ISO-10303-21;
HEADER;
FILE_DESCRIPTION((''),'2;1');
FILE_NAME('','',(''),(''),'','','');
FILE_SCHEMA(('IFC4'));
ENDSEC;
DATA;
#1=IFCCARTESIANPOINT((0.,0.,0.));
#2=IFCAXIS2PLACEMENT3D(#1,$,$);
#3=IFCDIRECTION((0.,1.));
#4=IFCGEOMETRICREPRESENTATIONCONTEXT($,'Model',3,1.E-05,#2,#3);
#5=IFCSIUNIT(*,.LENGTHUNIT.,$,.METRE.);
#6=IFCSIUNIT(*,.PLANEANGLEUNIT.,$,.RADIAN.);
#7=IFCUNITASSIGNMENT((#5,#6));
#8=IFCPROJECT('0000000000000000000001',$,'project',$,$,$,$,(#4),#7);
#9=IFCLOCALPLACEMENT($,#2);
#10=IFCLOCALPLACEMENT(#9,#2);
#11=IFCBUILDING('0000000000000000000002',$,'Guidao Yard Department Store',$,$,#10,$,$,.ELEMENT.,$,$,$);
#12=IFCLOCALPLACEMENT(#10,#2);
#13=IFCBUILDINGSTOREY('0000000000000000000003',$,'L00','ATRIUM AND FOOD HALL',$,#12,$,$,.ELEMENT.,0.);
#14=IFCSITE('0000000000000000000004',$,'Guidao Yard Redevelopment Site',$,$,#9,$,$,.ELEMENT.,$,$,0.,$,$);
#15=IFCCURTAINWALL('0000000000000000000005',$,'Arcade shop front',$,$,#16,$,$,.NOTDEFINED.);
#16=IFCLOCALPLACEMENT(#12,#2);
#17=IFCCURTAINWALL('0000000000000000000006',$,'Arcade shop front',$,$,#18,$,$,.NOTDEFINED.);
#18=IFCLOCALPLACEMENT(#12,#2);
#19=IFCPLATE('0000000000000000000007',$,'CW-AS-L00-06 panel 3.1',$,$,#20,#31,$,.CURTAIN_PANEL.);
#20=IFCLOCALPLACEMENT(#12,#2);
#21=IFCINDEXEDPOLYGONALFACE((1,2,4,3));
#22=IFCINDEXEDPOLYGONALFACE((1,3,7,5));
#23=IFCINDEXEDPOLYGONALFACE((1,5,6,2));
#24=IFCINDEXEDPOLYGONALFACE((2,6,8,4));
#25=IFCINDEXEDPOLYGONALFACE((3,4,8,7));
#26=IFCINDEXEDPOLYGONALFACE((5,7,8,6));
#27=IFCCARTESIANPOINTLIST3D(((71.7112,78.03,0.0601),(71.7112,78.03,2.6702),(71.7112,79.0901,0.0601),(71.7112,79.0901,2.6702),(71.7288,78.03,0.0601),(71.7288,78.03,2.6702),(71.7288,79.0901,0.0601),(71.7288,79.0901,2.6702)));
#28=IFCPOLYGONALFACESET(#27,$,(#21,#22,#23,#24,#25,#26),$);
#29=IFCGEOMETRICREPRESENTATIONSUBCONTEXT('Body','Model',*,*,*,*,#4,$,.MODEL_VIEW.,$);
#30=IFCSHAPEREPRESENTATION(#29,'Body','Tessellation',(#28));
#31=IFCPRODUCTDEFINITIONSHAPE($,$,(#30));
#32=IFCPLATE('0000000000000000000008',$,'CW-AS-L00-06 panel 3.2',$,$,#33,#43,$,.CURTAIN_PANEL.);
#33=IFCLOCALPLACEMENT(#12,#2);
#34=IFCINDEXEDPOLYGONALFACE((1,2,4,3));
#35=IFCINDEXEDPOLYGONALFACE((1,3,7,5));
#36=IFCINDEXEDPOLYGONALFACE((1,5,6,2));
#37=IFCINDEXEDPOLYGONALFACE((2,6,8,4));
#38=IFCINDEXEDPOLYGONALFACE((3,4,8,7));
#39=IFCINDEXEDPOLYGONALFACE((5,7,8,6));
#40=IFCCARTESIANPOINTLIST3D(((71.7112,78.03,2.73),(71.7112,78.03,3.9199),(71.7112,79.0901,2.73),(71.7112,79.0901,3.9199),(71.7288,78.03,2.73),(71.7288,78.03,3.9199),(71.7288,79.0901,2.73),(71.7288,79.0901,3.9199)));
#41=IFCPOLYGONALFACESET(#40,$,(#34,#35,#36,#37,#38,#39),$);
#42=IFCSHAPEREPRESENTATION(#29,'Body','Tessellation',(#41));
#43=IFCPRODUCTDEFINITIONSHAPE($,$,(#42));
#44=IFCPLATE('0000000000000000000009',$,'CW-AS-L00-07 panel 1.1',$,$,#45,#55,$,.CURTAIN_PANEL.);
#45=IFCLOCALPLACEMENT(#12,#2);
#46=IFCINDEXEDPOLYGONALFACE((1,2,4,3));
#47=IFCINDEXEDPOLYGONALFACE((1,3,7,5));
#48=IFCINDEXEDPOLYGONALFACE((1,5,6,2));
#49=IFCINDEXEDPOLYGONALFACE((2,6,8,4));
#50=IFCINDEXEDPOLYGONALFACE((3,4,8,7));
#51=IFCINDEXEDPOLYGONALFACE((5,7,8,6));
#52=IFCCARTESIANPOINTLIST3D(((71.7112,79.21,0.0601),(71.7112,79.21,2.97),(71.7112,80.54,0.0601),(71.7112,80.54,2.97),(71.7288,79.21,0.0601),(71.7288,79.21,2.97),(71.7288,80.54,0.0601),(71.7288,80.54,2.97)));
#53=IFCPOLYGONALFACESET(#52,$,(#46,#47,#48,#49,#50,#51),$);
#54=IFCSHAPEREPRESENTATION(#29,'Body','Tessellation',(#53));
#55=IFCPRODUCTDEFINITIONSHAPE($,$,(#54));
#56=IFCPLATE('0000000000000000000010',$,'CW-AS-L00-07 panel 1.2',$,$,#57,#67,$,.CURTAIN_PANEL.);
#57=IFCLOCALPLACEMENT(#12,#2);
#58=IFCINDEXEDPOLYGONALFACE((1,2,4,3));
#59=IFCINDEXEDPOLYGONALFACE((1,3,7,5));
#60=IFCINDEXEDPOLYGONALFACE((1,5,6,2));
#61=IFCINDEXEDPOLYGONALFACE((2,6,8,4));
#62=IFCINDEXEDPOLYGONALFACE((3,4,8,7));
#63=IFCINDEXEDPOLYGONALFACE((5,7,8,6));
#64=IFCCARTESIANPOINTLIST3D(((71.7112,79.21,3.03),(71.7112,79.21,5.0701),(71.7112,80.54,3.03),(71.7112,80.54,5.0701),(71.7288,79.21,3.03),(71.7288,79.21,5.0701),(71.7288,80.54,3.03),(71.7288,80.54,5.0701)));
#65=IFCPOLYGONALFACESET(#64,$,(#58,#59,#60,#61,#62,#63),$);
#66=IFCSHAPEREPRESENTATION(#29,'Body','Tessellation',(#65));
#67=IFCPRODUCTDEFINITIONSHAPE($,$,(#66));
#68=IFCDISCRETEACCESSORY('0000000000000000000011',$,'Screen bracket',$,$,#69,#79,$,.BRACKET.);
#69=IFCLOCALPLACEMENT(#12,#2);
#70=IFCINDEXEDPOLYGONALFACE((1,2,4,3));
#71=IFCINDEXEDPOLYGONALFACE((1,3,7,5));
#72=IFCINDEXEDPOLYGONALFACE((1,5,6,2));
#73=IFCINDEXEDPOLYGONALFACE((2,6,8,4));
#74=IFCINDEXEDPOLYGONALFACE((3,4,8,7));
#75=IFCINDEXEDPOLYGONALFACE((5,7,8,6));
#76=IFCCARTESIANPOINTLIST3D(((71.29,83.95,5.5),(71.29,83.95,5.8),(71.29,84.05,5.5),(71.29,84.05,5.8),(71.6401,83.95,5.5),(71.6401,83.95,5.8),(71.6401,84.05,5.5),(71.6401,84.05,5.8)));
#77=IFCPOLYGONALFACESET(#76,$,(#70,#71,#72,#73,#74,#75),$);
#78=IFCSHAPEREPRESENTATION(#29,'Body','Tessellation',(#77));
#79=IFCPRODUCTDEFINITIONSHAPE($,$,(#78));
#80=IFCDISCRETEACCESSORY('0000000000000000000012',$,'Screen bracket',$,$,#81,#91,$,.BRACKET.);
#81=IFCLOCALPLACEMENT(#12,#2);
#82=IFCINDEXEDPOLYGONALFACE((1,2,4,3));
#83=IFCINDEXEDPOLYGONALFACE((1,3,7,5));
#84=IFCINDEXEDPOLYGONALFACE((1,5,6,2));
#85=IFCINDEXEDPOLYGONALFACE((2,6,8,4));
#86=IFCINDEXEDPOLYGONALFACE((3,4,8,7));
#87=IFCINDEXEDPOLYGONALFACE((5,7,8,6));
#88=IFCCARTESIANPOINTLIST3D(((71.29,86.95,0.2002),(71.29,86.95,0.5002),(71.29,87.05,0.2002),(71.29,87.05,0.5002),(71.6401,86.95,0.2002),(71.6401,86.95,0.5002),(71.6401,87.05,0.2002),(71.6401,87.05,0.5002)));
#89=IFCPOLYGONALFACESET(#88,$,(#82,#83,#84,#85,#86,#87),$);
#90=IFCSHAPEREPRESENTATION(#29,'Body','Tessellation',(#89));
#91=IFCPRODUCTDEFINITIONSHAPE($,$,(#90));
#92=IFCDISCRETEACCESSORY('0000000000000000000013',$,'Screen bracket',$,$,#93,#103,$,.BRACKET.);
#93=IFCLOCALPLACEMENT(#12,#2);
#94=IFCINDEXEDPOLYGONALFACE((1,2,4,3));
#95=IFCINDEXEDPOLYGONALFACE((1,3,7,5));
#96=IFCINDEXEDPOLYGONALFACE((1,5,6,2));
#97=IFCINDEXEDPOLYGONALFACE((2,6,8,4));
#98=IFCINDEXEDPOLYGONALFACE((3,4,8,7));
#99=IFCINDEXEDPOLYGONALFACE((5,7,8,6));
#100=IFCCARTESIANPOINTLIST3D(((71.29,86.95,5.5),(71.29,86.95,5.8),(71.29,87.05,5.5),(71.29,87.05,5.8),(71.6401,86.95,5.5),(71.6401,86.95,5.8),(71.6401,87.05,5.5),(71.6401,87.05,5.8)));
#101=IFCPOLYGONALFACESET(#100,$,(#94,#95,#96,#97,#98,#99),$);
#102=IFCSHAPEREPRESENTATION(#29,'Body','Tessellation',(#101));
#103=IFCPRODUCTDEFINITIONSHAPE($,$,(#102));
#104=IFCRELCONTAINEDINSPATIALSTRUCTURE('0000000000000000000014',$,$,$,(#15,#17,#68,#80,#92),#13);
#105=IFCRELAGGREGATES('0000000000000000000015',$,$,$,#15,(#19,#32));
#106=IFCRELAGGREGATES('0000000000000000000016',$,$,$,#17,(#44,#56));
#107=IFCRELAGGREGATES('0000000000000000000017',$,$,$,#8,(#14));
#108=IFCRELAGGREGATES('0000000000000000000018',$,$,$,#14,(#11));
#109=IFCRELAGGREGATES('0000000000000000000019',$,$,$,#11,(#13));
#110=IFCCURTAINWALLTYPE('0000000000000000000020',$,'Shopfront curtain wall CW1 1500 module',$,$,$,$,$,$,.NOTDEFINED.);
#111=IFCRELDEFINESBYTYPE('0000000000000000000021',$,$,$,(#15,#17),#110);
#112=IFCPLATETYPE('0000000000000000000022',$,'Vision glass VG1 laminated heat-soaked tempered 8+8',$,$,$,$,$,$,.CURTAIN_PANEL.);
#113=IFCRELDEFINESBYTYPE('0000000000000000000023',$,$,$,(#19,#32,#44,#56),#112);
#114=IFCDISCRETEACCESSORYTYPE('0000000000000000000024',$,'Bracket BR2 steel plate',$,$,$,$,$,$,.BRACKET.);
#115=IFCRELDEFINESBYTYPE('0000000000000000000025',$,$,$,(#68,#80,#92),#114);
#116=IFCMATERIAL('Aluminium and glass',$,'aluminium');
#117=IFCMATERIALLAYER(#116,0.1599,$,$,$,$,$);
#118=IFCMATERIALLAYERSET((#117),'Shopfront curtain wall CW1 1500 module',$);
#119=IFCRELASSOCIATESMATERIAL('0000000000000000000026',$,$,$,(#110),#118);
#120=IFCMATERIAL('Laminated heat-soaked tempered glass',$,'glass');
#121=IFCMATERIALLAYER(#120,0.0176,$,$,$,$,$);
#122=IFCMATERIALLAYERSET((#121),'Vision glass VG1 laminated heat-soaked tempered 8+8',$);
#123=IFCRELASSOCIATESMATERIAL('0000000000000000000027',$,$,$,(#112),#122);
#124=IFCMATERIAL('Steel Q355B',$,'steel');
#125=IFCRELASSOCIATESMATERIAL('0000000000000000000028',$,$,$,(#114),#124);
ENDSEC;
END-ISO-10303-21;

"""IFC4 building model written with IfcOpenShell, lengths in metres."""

from ifc_helpers import new_model, si_unit, direction, frame, origin, origin_2d, place, context, subcontext, project, spatial, rectangle, extrude, material, layer, layer_set, type_object, element, aggregate, save


model = new_model("IFC4")

# Units and contexts
model_context = context("Model", 3, precision=1e-05, world=origin(), true_north=direction((0.0, 1.0)))
body_context = subcontext(model_context, "Body", "Model", "MODEL_VIEW")
ifc_project = project(units=[si_unit("LENGTHUNIT", "METRE"), si_unit("PLANEANGLEUNIT", "RADIAN")], contexts=[model_context])

# Site, building, storey
site_placement = place(None, origin())
site = spatial("IfcSite", under=ifc_project, at=site_placement, Name="Guidao Yard Redevelopment Site", CompositionType="ELEMENT", RefElevation=0.0)
building_placement = place(site_placement, origin())
building = spatial("IfcBuilding", under=site, at=building_placement, Name="Guidao Yard Department Store", CompositionType="ELEMENT")
storey_placement = place(building_placement, origin())
storey = spatial("IfcBuildingStorey", under=building, at=storey_placement, Name="L00", Description="ATRIUM AND FOOD HALL", CompositionType="ELEMENT", Elevation=0.0)

# Curtain wall
ifc_material_1 = material(Name="Aluminium and glass", Category="aluminium")
ifc_layer_1 = layer(ifc_material_1, 0.1599)
ifc_layer_set_1 = layer_set([ifc_layer_1], Name="Shopfront curtain wall CW1 1500 module")
curtain_wall_type = type_object("IfcCurtainWallType", Name="Shopfront curtain wall CW1 1500 module", PredefinedType="NOTDEFINED", material=ifc_layer_set_1)
curtain_wall_1_placement = place(storey_placement, origin())
curtain_wall_1 = element("IfcCurtainWall", 1, at=curtain_wall_1_placement, inside=storey, type_object=curtain_wall_type, Name="Arcade shop front", PredefinedType="NOTDEFINED")

# Curtain wall
curtain_wall_2_placement = place(storey_placement, origin())
curtain_wall_2 = element("IfcCurtainWall", 2, at=curtain_wall_2_placement, inside=storey, type_object=curtain_wall_type, Name="Arcade shop front", PredefinedType="NOTDEFINED")

# Plates
ifc_material_2 = material(Name="Laminated heat-soaked tempered glass", Category="glass")
ifc_layer_2 = layer(ifc_material_2, 0.0176)
ifc_layer_set_2 = layer_set([ifc_layer_2], Name="Vision glass VG1 laminated heat-soaked tempered 8+8")
plate_type_1 = type_object("IfcPlateType", Name="Vision glass VG1 laminated heat-soaked tempered 8+8", PredefinedType="CURTAIN_PANEL", material=ifc_layer_set_2)
plate_1_placement = place(storey_placement, frame((71.72, 78.5601, 0.0601), z_axis=(0.0, 0.0, 1.0), x_axis=(0.0, 1.0, 0.0)))
plate_1 = element("IfcPlate", 3, at=plate_1_placement, type_object=plate_type_1, Name="CW-AS-L00-06 panel 3.1", PredefinedType="CURTAIN_PANEL", context=body_context, shape_type="SweptSolid", body=[
    extrude(rectangle(XDim=1.0601, YDim=0.0176, at=origin_2d()), origin(), (0.0, 0.0, 1.0), 2.6101),
])
plate_2_placement = place(storey_placement, frame((71.72, 78.5601, 2.73), z_axis=(0.0, 0.0, 1.0), x_axis=(0.0, 1.0, 0.0)))
plate_2 = element("IfcPlate", 4, at=plate_2_placement, type_object=plate_type_1, Name="CW-AS-L00-06 panel 3.2", PredefinedType="CURTAIN_PANEL", context=body_context, shape_type="SweptSolid", body=[
    extrude(rectangle(XDim=1.0601, YDim=0.0176, at=origin_2d()), origin(), (0.0, 0.0, 1.0), 1.1899),
])
aggregate(curtain_wall_1, [plate_1, plate_2])
plate_3_placement = place(storey_placement, frame((71.72, 79.875, 0.0601), z_axis=(0.0, 0.0, 1.0), x_axis=(0.0, 1.0, 0.0)))
plate_3 = element("IfcPlate", 5, at=plate_3_placement, type_object=plate_type_1, Name="CW-AS-L00-07 panel 1.1", PredefinedType="CURTAIN_PANEL", context=body_context, shape_type="SweptSolid", body=[
    extrude(rectangle(XDim=1.3301, YDim=0.0176, at=origin_2d()), origin(), (0.0, 0.0, 1.0), 2.9099),
])
plate_4_placement = place(storey_placement, frame((71.72, 79.875, 3.03), z_axis=(0.0, 0.0, 1.0), x_axis=(0.0, 1.0, 0.0)))
plate_4 = element("IfcPlate", 6, at=plate_4_placement, type_object=plate_type_1, Name="CW-AS-L00-07 panel 1.2", PredefinedType="CURTAIN_PANEL", context=body_context, shape_type="SweptSolid", body=[
    extrude(rectangle(XDim=1.3301, YDim=0.0176, at=origin_2d()), origin(), (0.0, 0.0, 1.0), 2.04),
])
aggregate(curtain_wall_2, [plate_3, plate_4])

# Discrete accessories
ifc_material_3 = material(Name="Steel Q355B", Category="steel")
discrete_accessory_type = type_object("IfcDiscreteAccessoryType", Name="Bracket BR2 steel plate", PredefinedType="BRACKET", material=ifc_material_3)
for number, where, z_axis, x_axis, name in (
    (7, (71.4651, 84.0, 5.5), (0.0, 0.0, 1.0), (0.0, 1.0, 0.0), "Screen bracket"),
    (8, (71.4651, 87.0, 0.2002), (0.0, 0.0, 1.0), (0.0, 1.0, 0.0), "Screen bracket"),
    (9, (71.4651, 87.0, 5.5), (0.0, 0.0, 1.0), (0.0, 1.0, 0.0), "Screen bracket"),
):
    element("IfcDiscreteAccessory", number, at=place(storey_placement, frame(where, z_axis=z_axis, x_axis=x_axis)), inside=storey, type_object=discrete_accessory_type, Name=name, PredefinedType="BRACKET", context=body_context, shape_type="SweptSolid", body=[
        extrude(rectangle(XDim=0.1001, YDim=0.3501, at=origin_2d()), origin(), (0.0, 0.0, 1.0), 0.3),
    ])

save(model, "model.ifc")
